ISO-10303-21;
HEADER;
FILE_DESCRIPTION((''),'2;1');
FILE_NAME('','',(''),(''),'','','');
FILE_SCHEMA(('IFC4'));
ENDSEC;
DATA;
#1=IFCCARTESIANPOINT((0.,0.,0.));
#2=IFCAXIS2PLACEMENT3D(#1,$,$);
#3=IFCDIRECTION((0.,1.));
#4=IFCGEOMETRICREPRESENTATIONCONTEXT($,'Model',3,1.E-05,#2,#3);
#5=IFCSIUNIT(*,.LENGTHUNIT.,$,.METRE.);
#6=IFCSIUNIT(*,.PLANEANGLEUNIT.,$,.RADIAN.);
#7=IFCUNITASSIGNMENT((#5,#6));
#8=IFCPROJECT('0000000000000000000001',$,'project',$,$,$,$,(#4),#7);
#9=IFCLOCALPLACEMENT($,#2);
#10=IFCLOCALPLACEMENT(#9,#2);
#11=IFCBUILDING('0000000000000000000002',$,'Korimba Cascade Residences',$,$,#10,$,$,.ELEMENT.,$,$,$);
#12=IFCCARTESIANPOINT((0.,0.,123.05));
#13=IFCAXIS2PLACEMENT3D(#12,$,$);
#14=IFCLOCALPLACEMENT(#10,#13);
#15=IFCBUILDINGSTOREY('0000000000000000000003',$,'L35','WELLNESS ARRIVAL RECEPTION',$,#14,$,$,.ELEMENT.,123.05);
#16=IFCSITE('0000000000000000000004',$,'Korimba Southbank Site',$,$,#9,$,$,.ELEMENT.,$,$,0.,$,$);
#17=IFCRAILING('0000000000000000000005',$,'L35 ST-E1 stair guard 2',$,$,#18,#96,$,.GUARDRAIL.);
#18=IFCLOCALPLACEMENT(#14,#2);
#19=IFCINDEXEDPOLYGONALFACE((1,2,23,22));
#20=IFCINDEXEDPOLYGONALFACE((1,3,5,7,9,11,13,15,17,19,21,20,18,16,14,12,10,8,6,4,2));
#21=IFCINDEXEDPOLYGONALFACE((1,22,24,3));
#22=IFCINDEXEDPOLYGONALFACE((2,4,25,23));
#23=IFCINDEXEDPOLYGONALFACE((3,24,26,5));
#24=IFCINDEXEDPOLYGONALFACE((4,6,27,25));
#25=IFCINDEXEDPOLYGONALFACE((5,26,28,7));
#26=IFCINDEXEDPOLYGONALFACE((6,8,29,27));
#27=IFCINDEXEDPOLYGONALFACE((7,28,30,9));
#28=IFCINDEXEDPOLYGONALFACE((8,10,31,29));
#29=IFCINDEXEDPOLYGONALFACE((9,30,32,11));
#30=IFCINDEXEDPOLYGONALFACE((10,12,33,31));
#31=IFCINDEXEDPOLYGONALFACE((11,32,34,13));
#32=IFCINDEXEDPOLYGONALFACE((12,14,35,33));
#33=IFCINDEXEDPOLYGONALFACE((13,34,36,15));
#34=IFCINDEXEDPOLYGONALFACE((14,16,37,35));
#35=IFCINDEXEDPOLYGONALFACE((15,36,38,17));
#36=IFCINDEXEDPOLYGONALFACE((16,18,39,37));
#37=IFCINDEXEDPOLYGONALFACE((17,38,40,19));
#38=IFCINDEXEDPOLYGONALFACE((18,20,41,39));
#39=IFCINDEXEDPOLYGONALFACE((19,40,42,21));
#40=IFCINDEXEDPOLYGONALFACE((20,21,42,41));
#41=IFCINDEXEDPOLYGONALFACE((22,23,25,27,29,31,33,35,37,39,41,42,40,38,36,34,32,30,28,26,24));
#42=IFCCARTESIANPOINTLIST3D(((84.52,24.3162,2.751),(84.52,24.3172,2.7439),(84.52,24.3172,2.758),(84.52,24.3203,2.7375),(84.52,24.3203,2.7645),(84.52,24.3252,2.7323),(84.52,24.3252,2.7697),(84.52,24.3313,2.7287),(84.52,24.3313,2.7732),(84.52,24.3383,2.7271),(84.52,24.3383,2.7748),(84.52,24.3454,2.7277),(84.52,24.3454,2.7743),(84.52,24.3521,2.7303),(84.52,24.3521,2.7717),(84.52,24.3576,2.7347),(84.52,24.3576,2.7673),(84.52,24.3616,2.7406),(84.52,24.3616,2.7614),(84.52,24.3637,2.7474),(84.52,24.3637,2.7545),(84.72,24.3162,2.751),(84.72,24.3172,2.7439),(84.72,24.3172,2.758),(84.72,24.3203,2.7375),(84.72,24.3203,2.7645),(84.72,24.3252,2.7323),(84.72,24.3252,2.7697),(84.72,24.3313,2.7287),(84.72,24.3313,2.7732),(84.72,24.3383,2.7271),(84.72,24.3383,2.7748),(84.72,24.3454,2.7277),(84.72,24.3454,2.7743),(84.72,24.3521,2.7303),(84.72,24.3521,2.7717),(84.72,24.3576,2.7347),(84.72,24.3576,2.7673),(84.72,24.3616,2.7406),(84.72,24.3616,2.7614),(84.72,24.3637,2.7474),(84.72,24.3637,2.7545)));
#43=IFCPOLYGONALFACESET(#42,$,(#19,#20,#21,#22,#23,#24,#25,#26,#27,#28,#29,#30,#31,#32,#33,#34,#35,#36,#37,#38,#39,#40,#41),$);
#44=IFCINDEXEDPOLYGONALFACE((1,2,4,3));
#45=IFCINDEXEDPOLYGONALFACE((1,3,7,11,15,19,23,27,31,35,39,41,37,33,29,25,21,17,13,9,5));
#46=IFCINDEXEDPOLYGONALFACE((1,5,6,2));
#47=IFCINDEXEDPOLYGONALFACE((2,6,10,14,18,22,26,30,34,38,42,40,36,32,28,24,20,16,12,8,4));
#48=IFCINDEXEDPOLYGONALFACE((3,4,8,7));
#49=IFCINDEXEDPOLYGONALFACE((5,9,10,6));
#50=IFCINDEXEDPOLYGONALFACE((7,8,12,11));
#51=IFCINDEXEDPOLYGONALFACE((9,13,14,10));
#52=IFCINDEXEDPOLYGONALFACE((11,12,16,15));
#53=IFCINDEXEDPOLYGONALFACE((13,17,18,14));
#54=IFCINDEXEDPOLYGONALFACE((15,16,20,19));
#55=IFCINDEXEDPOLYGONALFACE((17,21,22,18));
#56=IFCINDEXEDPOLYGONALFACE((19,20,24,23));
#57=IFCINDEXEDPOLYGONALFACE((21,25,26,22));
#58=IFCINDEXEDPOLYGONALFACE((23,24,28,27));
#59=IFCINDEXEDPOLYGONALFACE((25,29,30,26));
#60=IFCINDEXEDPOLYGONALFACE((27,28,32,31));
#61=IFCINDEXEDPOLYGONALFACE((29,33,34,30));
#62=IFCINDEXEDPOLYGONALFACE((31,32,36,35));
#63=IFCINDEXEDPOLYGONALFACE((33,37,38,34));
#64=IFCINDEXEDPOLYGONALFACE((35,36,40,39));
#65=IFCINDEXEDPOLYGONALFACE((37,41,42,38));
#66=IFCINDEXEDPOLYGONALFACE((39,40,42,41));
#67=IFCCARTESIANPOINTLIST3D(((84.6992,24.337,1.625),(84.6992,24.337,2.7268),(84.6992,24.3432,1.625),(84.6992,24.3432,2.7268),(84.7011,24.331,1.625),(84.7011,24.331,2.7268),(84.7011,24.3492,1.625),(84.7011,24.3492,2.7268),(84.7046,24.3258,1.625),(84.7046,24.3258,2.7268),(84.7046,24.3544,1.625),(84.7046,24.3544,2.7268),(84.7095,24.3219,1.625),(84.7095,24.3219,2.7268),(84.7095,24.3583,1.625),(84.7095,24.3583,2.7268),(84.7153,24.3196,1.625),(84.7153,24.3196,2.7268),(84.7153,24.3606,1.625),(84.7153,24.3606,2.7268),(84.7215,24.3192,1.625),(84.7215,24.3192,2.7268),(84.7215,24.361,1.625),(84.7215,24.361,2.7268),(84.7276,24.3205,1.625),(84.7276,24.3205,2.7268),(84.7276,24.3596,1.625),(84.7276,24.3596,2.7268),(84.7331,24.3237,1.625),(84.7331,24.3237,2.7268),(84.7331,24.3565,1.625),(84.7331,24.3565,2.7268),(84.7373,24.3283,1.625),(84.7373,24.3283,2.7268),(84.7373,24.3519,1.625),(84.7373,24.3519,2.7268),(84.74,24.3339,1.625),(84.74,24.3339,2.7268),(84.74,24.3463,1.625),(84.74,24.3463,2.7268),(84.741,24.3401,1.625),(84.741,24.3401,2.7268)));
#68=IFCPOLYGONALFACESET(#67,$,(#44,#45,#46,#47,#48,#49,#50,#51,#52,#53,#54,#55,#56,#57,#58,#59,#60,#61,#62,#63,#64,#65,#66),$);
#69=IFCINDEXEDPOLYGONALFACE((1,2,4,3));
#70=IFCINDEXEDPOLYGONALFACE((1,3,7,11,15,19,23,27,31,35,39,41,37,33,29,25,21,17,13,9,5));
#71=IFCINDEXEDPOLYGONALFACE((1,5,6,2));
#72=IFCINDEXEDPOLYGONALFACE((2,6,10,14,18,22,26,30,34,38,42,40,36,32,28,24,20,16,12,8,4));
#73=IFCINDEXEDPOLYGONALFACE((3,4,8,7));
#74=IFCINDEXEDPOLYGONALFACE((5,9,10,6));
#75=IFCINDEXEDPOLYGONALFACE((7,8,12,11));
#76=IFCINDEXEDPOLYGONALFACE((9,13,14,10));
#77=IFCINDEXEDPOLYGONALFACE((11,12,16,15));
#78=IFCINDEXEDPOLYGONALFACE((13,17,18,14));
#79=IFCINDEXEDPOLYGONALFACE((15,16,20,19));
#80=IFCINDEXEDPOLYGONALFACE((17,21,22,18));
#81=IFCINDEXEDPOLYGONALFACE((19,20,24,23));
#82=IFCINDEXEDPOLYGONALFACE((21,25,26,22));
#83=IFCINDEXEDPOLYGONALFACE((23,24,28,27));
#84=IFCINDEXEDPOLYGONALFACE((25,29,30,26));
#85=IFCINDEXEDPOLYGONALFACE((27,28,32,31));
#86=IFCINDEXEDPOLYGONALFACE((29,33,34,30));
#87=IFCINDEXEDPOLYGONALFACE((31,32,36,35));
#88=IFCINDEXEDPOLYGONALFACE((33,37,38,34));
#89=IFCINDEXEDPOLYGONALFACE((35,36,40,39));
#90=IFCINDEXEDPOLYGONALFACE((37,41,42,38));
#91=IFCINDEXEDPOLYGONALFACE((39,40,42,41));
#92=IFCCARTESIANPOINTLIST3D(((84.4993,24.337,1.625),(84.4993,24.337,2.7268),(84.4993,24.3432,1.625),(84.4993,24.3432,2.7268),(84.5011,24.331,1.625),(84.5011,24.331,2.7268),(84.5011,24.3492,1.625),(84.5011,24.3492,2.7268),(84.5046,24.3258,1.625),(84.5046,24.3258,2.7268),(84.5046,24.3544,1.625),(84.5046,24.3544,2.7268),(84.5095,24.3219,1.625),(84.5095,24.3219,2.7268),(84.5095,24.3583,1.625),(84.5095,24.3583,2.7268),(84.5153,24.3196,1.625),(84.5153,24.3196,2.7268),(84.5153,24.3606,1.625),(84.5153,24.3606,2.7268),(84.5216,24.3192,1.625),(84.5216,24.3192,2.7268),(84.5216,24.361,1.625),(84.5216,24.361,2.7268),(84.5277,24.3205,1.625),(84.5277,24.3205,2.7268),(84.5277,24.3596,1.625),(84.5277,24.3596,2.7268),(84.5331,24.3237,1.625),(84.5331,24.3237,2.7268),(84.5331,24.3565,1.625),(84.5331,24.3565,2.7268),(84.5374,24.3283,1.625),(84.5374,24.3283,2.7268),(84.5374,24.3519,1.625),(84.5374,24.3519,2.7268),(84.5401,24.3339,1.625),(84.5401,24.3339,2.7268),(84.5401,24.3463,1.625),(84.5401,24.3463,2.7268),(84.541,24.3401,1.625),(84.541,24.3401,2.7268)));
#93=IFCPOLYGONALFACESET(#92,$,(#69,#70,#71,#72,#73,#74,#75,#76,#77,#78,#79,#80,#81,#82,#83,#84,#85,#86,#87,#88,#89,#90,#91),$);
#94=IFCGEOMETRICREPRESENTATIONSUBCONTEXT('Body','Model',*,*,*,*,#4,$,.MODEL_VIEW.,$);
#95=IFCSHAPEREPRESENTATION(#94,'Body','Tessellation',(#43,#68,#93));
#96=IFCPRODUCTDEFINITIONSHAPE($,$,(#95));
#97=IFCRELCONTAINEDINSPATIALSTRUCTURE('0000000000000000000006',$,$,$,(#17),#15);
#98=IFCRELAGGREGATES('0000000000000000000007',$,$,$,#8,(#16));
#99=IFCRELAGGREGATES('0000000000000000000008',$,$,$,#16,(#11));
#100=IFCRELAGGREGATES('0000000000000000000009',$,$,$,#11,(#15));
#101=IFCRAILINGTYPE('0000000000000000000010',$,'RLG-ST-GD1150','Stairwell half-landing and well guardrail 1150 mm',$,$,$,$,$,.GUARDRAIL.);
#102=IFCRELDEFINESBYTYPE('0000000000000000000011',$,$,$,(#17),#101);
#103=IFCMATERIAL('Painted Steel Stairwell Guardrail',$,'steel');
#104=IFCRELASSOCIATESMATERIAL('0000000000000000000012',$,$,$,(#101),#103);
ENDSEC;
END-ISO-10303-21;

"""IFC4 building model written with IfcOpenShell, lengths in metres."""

from ifc_helpers import new_model, si_unit, direction, frame, origin, origin_2d, place, context, subcontext, project, spatial, circle, extrude, material, type_object, element, save


model = new_model("IFC4")

# Units and contexts
model_context = context("Model", 3, precision=1e-05, world=origin(), true_north=direction((0.0, 1.0)))
body_context = subcontext(model_context, "Body", "Model", "MODEL_VIEW")
ifc_project = project(units=[si_unit("LENGTHUNIT", "METRE"), si_unit("PLANEANGLEUNIT", "RADIAN")], contexts=[model_context])

# Site, building, storey
site_placement = place(None, origin())
site = spatial("IfcSite", under=ifc_project, at=site_placement, Name="Korimba Southbank Site", CompositionType="ELEMENT", RefElevation=0.0)
building_placement = place(site_placement, origin())
building = spatial("IfcBuilding", under=site, at=building_placement, Name="Korimba Cascade Residences", CompositionType="ELEMENT")
storey_placement = place(building_placement, frame((0.0, 0.0, 123.05)))
storey = spatial("IfcBuildingStorey", under=building, at=storey_placement, Name="L35", Description="WELLNESS ARRIVAL RECEPTION", CompositionType="ELEMENT", Elevation=123.05)

# Railing
ifc_material_1 = material(Name="Painted Steel Stairwell Guardrail", Category="steel")
railing_type_1 = type_object("IfcRailingType", Name="RLG-ST-GD1150", Description="Stairwell half-landing and well guardrail 1150 mm", PredefinedType="GUARDRAIL", material=ifc_material_1)
railing_1_placement = place(storey_placement, frame((84.72, 24.3401, 1.625)))
element("IfcRailing", 1, at=railing_1_placement, inside=storey, type_object=railing_type_1, Name="L35 ST-E1 stair guard 2", PredefinedType="GUARDRAIL", context=body_context, shape_type="SweptSolid", body=[
    extrude(circle(Radius=0.0239, at=origin_2d()), frame((0.0, 0.0, 1.126), z_axis=(-1.0, 0.0, 0.0), x_axis=(0.0, -1.0, 0.0)), (0.0, 0.0, 1.0), 0.2),
    extrude(circle(Radius=0.021, at=origin_2d()), origin(), (0.0, 0.0, 1.0), 1.1018),
    extrude(circle(Radius=0.021, at=origin_2d()), frame((-0.2, 0.0, 0.0)), (0.0, 0.0, 1.0), 1.1018),
])

save(model, "model.ifc")
